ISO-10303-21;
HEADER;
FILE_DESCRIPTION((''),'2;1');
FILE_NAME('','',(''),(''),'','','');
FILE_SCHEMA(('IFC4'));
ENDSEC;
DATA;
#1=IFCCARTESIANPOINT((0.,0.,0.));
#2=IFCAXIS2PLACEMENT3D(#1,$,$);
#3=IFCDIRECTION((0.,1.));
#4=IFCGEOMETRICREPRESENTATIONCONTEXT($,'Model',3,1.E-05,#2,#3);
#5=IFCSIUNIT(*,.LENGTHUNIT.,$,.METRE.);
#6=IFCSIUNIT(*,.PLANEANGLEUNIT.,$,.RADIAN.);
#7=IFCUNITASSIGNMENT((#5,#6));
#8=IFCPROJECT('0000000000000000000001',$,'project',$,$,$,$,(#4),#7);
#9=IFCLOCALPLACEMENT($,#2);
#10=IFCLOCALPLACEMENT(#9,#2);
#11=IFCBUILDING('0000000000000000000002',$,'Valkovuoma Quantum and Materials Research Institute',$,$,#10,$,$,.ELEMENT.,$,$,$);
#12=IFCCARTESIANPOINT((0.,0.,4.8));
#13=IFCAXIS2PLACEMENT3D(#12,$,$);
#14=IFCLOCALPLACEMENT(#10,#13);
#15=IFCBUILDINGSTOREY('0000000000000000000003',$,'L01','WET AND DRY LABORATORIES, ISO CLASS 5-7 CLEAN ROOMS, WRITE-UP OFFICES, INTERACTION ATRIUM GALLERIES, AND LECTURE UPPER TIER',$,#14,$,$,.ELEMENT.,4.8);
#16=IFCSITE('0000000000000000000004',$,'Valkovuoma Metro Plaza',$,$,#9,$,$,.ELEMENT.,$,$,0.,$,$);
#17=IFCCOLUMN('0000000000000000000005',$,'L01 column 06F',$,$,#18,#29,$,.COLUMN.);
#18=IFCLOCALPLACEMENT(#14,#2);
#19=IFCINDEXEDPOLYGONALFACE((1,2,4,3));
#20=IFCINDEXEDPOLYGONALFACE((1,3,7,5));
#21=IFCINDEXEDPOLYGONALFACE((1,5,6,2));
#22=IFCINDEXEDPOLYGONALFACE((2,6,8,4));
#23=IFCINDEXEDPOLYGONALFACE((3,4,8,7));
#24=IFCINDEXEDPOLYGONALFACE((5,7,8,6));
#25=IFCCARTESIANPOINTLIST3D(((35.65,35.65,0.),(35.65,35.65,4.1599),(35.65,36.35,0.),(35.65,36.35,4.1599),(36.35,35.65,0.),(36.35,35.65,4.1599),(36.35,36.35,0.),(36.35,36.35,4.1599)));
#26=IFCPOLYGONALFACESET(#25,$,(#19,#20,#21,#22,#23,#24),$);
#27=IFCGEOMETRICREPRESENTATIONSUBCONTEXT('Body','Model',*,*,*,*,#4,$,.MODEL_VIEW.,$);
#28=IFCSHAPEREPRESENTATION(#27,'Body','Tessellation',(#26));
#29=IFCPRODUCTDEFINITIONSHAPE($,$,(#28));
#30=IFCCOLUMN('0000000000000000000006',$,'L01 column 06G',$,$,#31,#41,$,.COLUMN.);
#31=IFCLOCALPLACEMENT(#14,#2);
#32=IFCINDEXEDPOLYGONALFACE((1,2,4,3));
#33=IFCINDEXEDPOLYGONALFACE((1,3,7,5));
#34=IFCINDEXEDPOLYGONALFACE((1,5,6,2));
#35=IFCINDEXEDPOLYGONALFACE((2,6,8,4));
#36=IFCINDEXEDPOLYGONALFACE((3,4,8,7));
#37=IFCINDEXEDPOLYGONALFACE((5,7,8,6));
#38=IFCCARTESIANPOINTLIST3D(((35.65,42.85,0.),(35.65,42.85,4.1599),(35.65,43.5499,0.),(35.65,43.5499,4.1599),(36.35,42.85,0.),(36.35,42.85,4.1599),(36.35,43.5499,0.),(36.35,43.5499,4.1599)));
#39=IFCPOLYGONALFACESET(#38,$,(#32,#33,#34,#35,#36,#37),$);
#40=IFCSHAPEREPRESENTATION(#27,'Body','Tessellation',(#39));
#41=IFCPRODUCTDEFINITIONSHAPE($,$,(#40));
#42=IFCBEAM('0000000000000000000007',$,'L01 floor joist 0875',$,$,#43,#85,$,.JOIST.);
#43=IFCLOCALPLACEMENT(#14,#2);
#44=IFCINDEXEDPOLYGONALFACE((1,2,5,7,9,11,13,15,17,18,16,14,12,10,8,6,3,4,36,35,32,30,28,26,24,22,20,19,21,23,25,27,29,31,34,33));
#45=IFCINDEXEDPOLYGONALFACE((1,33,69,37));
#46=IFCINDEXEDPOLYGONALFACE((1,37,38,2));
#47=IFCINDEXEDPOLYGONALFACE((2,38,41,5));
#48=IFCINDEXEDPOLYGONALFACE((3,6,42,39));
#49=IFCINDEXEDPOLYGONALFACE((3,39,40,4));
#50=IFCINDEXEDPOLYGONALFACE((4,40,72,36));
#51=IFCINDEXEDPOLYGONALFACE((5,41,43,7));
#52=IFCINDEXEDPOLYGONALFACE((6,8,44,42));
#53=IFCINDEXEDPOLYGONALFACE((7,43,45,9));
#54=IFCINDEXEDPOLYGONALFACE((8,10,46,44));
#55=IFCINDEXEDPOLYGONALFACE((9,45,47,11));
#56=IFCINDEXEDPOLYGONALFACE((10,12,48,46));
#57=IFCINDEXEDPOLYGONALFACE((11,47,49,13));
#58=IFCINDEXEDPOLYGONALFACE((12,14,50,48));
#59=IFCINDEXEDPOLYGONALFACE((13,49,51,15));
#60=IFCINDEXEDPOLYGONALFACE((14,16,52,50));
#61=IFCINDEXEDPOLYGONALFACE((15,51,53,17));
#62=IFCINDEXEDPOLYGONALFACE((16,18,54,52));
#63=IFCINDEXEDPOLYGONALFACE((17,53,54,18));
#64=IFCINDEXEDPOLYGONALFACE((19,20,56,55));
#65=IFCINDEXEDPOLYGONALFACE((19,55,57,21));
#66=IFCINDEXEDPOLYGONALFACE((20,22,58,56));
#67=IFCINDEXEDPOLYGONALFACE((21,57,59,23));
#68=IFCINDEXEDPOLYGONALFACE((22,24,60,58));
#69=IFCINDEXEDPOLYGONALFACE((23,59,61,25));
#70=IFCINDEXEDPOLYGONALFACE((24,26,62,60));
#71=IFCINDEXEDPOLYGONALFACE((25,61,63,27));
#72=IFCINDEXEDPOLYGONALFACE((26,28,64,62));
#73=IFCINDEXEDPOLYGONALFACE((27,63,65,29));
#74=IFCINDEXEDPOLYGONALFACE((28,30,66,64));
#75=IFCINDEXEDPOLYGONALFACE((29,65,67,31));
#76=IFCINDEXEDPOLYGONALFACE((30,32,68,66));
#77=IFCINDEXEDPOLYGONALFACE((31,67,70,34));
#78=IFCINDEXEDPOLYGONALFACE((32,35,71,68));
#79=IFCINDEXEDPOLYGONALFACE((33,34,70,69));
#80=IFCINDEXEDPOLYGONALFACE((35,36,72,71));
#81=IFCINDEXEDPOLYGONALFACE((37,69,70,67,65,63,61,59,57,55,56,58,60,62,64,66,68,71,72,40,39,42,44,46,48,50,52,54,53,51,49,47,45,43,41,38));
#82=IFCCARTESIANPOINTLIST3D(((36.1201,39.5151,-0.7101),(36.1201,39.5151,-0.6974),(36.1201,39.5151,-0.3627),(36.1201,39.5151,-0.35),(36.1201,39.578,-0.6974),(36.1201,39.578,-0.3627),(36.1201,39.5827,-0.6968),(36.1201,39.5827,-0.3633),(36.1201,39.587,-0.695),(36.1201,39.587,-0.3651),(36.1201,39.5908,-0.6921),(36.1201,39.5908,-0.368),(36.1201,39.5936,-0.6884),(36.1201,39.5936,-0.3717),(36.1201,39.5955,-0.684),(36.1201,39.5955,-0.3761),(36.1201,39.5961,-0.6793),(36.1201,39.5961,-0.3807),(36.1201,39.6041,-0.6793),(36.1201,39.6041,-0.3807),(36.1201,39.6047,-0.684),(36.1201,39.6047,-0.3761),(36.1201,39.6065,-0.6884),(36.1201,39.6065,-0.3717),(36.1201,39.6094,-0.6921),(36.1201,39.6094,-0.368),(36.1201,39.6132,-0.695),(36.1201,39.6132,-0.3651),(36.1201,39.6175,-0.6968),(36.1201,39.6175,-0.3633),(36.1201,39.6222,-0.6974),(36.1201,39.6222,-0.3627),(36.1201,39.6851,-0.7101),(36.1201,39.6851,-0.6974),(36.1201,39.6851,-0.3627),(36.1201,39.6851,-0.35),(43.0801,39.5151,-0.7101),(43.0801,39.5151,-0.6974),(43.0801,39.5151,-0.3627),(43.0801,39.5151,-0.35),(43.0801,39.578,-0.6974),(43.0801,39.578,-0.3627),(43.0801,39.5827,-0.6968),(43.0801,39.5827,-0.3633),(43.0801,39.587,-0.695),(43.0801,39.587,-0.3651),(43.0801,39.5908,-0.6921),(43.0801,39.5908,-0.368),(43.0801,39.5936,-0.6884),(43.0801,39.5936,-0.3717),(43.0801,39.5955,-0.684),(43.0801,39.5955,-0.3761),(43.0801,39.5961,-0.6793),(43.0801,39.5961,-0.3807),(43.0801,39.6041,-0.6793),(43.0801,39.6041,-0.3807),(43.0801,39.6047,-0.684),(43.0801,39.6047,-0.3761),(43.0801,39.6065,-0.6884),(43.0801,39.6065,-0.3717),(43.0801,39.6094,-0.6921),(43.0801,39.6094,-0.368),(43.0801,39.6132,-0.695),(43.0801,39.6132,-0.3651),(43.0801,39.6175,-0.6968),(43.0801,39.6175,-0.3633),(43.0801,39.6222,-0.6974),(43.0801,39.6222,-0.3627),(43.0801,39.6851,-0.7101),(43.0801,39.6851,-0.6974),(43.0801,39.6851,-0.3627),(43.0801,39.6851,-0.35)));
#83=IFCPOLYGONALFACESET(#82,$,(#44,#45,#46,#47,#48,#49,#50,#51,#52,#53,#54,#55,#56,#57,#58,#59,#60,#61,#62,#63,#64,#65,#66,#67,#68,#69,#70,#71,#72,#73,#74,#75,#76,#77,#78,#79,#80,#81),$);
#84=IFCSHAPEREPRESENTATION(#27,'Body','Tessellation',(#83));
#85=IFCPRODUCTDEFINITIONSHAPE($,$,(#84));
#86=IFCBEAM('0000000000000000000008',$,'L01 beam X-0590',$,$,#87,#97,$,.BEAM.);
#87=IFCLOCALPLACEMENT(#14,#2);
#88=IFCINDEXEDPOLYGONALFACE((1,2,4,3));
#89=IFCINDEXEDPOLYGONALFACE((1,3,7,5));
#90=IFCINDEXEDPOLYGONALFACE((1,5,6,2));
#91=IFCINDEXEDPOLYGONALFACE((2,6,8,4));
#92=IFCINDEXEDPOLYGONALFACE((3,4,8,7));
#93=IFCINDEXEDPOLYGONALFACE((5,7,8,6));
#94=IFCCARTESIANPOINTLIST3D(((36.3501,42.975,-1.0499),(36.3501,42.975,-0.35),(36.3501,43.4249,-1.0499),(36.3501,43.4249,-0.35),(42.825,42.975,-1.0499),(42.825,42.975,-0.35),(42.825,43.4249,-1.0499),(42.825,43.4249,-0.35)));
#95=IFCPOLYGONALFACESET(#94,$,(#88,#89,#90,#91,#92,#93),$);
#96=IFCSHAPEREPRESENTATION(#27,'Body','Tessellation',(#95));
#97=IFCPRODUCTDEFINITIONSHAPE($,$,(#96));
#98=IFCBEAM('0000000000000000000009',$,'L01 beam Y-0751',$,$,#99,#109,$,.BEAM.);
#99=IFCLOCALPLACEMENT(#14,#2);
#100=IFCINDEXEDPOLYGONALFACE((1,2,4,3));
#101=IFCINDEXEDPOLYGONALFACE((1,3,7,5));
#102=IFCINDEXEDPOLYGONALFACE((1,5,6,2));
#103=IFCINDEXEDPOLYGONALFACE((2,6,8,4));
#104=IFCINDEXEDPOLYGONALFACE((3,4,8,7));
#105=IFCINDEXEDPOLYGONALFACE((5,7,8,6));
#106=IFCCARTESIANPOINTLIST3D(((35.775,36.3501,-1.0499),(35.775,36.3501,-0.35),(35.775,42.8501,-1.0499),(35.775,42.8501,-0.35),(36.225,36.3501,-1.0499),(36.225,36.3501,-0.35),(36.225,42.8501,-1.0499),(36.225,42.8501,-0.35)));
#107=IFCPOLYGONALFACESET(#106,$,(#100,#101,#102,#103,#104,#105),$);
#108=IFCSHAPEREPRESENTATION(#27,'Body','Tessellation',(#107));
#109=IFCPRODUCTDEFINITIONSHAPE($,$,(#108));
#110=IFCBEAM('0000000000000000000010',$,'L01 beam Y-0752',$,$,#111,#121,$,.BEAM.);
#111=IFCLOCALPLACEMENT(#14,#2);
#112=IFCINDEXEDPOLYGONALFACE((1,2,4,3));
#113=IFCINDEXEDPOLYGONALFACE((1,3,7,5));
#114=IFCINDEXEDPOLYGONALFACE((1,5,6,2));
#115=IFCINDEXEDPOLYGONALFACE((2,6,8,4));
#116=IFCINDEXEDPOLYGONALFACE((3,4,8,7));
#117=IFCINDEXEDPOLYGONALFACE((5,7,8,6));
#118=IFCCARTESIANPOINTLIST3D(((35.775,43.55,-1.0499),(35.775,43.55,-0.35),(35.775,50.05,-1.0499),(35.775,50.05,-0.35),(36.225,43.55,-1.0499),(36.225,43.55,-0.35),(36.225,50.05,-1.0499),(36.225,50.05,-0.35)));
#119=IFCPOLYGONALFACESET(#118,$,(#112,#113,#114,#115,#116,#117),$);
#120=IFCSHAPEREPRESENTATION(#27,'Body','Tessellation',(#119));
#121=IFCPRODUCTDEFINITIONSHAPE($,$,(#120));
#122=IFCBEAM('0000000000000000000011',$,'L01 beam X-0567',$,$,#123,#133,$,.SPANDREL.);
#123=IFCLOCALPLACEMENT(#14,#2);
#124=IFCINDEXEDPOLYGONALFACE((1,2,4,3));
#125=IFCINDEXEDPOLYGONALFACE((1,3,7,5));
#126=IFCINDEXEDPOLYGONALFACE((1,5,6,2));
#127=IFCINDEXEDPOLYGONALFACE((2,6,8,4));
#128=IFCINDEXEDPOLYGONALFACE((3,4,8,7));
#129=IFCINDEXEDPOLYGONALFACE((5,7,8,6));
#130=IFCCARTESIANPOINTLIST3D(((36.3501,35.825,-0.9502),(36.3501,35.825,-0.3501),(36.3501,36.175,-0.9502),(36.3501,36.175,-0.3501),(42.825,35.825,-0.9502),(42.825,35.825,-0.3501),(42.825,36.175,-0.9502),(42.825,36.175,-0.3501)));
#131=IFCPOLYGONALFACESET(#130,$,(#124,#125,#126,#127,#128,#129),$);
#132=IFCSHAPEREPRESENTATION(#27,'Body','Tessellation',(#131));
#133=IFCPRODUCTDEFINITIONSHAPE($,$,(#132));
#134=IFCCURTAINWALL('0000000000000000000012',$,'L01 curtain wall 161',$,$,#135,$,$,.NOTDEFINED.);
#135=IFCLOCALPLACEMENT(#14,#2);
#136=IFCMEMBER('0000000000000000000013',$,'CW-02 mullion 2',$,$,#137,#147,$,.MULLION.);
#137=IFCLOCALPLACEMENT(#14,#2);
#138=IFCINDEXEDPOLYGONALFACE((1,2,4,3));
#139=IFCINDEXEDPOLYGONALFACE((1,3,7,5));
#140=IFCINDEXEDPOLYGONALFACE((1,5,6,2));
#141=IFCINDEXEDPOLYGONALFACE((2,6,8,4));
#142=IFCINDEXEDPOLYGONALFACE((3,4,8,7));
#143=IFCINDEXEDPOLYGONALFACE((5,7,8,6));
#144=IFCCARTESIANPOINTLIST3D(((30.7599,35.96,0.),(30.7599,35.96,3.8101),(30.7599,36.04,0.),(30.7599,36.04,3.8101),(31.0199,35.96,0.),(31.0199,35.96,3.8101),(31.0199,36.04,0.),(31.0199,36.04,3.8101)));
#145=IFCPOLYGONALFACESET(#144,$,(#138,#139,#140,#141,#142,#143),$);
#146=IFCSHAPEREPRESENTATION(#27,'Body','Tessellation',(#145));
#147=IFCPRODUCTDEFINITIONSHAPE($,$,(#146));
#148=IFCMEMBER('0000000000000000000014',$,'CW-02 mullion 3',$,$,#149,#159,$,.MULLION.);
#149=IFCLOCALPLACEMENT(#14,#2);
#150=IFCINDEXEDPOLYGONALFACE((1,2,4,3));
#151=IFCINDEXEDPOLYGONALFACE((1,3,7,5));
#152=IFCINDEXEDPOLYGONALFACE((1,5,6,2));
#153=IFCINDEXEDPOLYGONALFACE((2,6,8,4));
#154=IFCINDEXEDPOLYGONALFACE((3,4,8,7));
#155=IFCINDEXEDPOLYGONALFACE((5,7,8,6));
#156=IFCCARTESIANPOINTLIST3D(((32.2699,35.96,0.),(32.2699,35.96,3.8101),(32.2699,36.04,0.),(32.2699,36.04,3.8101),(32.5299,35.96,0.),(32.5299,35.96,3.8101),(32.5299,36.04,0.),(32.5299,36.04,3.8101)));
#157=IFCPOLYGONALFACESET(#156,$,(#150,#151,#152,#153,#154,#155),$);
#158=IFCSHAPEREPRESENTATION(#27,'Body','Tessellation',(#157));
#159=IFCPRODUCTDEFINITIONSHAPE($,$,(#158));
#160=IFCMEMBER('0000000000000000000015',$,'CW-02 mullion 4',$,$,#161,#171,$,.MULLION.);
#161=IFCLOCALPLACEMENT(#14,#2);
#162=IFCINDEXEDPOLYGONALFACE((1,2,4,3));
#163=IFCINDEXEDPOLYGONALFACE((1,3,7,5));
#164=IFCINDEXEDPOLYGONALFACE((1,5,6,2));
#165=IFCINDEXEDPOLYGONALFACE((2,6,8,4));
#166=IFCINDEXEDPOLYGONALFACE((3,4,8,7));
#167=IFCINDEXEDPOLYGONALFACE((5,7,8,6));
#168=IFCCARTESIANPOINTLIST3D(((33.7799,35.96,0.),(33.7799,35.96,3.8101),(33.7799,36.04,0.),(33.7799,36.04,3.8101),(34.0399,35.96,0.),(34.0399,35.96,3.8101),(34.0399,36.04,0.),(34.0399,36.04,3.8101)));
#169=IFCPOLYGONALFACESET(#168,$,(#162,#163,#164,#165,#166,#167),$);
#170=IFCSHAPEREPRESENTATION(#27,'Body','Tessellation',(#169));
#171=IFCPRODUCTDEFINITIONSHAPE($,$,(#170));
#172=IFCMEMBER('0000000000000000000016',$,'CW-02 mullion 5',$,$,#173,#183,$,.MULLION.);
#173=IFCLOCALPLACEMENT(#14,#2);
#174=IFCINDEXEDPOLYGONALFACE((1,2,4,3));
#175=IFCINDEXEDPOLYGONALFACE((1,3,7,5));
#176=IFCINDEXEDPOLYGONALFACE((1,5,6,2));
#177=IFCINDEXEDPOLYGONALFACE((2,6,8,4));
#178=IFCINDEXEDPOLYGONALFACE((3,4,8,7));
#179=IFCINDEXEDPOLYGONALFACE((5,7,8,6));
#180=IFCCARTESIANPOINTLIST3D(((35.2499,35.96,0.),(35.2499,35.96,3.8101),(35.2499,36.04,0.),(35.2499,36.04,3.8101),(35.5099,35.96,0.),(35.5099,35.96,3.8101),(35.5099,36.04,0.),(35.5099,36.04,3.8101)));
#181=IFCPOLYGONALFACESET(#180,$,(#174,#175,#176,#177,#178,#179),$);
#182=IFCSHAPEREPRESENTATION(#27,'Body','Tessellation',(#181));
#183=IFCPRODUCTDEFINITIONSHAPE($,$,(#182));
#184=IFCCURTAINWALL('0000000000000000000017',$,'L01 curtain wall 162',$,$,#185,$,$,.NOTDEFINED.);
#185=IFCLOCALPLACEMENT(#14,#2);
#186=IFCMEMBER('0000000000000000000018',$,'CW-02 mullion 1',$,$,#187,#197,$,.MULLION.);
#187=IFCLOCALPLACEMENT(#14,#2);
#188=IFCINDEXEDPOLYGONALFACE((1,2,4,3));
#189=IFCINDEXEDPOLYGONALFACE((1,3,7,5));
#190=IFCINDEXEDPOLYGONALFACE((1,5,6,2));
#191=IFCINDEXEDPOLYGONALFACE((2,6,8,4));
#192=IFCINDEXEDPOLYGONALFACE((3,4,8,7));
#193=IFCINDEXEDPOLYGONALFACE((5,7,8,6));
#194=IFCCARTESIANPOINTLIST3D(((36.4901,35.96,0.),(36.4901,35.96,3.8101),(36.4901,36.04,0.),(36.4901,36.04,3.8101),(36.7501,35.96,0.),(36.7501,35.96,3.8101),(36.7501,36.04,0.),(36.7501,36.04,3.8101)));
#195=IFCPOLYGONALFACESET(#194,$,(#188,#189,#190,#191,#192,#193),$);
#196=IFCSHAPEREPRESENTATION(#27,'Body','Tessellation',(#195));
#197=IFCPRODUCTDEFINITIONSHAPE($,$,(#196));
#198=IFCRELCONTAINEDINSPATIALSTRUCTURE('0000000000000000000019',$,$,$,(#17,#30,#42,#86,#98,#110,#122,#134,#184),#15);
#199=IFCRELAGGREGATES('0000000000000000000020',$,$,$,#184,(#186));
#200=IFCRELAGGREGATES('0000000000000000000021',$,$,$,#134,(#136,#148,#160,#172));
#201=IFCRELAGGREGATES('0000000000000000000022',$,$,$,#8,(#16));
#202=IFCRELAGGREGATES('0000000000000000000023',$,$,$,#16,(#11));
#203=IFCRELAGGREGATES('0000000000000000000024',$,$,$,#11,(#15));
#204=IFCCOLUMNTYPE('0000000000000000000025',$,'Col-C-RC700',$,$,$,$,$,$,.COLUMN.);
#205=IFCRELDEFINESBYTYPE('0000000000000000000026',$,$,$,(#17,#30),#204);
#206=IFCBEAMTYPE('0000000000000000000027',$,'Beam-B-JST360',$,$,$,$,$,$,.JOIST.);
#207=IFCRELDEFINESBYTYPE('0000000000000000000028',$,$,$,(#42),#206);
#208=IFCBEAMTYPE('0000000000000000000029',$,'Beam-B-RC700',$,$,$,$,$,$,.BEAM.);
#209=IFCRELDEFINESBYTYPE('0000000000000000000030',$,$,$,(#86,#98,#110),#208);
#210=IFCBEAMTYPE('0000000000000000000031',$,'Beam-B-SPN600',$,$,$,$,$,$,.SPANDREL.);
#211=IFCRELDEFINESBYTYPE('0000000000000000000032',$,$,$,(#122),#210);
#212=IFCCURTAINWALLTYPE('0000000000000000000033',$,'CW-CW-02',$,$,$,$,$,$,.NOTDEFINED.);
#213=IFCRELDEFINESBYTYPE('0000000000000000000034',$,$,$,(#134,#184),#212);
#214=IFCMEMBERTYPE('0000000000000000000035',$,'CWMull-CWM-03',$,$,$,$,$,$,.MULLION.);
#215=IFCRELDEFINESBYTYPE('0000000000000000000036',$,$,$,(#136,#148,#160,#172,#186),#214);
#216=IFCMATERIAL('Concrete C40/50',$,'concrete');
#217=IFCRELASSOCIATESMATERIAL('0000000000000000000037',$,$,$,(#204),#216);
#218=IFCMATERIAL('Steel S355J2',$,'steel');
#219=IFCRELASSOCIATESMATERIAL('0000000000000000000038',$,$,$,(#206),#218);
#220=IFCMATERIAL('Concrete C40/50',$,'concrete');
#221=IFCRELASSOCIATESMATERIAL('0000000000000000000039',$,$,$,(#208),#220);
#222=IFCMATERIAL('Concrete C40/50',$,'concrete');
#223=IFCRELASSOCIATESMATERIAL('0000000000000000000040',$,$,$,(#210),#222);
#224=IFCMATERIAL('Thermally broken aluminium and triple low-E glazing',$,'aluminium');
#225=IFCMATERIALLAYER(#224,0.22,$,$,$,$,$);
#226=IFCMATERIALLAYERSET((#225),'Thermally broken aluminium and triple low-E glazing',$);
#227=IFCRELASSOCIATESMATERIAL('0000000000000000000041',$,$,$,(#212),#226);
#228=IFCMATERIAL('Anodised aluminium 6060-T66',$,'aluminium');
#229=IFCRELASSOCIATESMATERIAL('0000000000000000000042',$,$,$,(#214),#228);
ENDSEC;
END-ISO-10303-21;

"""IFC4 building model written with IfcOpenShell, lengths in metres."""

from ifc_helpers import new_model, si_unit, direction, frame, origin, origin_2d, place, context, subcontext, project, spatial, rectangle, i_section, extrude, material, layer, layer_set, material_profile, profile_set, type_object, element, aggregate, save


model = new_model("IFC4")

# Units and contexts
model_context = context("Model", 3, precision=1e-05, world=origin(), true_north=direction((0.0, 1.0)))
body_context = subcontext(model_context, "Body", "Model", "MODEL_VIEW")
ifc_project = project(units=[si_unit("LENGTHUNIT", "METRE"), si_unit("PLANEANGLEUNIT", "RADIAN")], contexts=[model_context])

# Site, building, storey
site_placement = place(None, origin())
site = spatial("IfcSite", under=ifc_project, at=site_placement, Name="Valkovuoma Metro Plaza", CompositionType="ELEMENT", RefElevation=0.0)
building_placement = place(site_placement, origin())
building = spatial("IfcBuilding", under=site, at=building_placement, Name="Valkovuoma Quantum and Materials Research Institute", CompositionType="ELEMENT")
storey_placement = place(building_placement, frame((0.0, 0.0, 4.8)))
storey = spatial("IfcBuildingStorey", under=building, at=storey_placement, Name="L01", Description="WET AND DRY LABORATORIES, ISO CLASS 5-7 CLEAN ROOMS, WRITE-UP OFFICES, INTERACTION ATRIUM GALLERIES, AND LECTURE UPPER TIER", CompositionType="ELEMENT", Elevation=4.8)

# Columns
ifc_material_1 = material(Name="Concrete C40/50", Category="concrete")
ifc_material_profile_1 = material_profile(ifc_material_1, rectangle(XDim=0.7, YDim=0.7, at=origin_2d()), Name="Concrete C40/50")
ifc_profile_set_1 = profile_set([ifc_material_profile_1], Name="Concrete C40/50")
column_type = type_object("IfcColumnType", Name="Col-C-RC700", PredefinedType="COLUMN", material=ifc_profile_set_1)
for number, where, z_axis, x_axis, name in (
    (1, (36.0, 36.0, 0.0), (0.0, 0.0, 1.0), (1.0, 0.0, 0.0), "L01 column 06F"),
    (2, (36.0, 43.2, 0.0), (0.0, 0.0, 1.0), (1.0, 0.0, 0.0), "L01 column 06G"),
):
    element("IfcColumn", number, at=place(storey_placement, frame(where, z_axis=z_axis, x_axis=x_axis)), inside=storey, type_object=column_type, Name=name, PredefinedType="COLUMN", context=body_context, shape_type="SweptSolid", body=[
        extrude(rectangle(XDim=0.7, YDim=0.7, at=origin_2d()), origin(), (0.0, 0.0, 1.0), 4.1599),
    ])

# Beams
ifc_material_2 = material(Name="Steel S355J2", Category="steel")
ifc_material_profile_2 = material_profile(ifc_material_2, i_section(OverallWidth=0.1699, OverallDepth=0.3601, WebThickness=0.0081, FlangeThickness=0.0127, FilletRadius=0.0181, at=origin_2d()), Name="Steel S355J2")
ifc_profile_set_2 = profile_set([ifc_material_profile_2], Name="Steel S355J2")
beam_type_1 = type_object("IfcBeamType", Name="Beam-B-JST360", PredefinedType="JOIST", material=ifc_profile_set_2)
beam_1_placement = place(storey_placement, frame((36.1201, 39.6001, -0.53), z_axis=(1.0, 0.0, 0.0), x_axis=(0.0, 1.0, 0.0)))
element("IfcBeam", 3, at=beam_1_placement, inside=storey, type_object=beam_type_1, Name="L01 floor joist 0875", PredefinedType="JOIST", context=body_context, shape_type="SweptSolid", body=[
    extrude(i_section(OverallWidth=0.1699, OverallDepth=0.3601, WebThickness=0.0081, FlangeThickness=0.0127, FilletRadius=0.0181, at=origin_2d()), origin(), (0.0, 0.0, 1.0), 6.96),
])
ifc_material_3 = material(Name="Concrete C40/50", Category="concrete")
ifc_material_profile_3 = material_profile(ifc_material_3, rectangle(XDim=0.45, YDim=0.7, at=origin_2d()), Name="Concrete C40/50")
ifc_profile_set_3 = profile_set([ifc_material_profile_3], Name="Concrete C40/50")
beam_type_2 = type_object("IfcBeamType", Name="Beam-B-RC700", PredefinedType="BEAM", material=ifc_profile_set_3)
beam_2_placement = place(storey_placement, frame((36.3501, 43.2, -0.7), z_axis=(1.0, 0.0, 0.0), x_axis=(0.0, 1.0, 0.0)))
element("IfcBeam", 4, at=beam_2_placement, inside=storey, type_object=beam_type_2, Name="L01 beam X-0590", PredefinedType="BEAM", context=body_context, shape_type="SweptSolid", body=[
    extrude(rectangle(XDim=0.45, YDim=0.7, at=origin_2d()), origin(), (0.0, 0.0, 1.0), 6.4749),
])
for number, where, z_axis, x_axis, name in (
    (5, (36.0, 36.3501, -0.7), (0.0, 1.0, 0.0), (-1.0, 0.0, 0.0), "L01 beam Y-0751"),
    (6, (36.0, 43.55, -0.7), (0.0, 1.0, 0.0), (-1.0, 0.0, 0.0), "L01 beam Y-0752"),
):
    element("IfcBeam", number, at=place(storey_placement, frame(where, z_axis=z_axis, x_axis=x_axis)), inside=storey, type_object=beam_type_2, Name=name, PredefinedType="BEAM", context=body_context, shape_type="SweptSolid", body=[
        extrude(rectangle(XDim=0.45, YDim=0.7, at=origin_2d()), origin(), (0.0, 0.0, 1.0), 6.5),
    ])
ifc_material_4 = material(Name="Concrete C40/50", Category="concrete")
ifc_material_profile_4 = material_profile(ifc_material_4, rectangle(XDim=0.3501, YDim=0.6001, at=origin_2d()), Name="Concrete C40/50")
ifc_profile_set_4 = profile_set([ifc_material_profile_4], Name="Concrete C40/50")
beam_type_3 = type_object("IfcBeamType", Name="Beam-B-SPN600", PredefinedType="SPANDREL", material=ifc_profile_set_4)
beam_3_placement = place(storey_placement, frame((36.3501, 36.0, -0.6501), z_axis=(1.0, 0.0, 0.0), x_axis=(0.0, 1.0, 0.0)))
element("IfcBeam", 7, at=beam_3_placement, inside=storey, type_object=beam_type_3, Name="L01 beam X-0567", PredefinedType="SPANDREL", context=body_context, shape_type="SweptSolid", body=[
    extrude(rectangle(XDim=0.3501, YDim=0.6001, at=origin_2d()), origin(), (0.0, 0.0, 1.0), 6.4749),
])

# Curtain wall, members
ifc_material_5 = material(Name="Thermally broken aluminium and triple low-E glazing", Category="aluminium")
ifc_layer_1 = layer(ifc_material_5, 0.22)
ifc_layer_set_1 = layer_set([ifc_layer_1], Name="Thermally broken aluminium and triple low-E glazing")
curtain_wall_type = type_object("IfcCurtainWallType", Name="CW-CW-02", PredefinedType="NOTDEFINED", material=ifc_layer_set_1)
curtain_wall_1_placement = place(storey_placement, origin())
curtain_wall_1 = element("IfcCurtainWall", 8, at=curtain_wall_1_placement, inside=storey, type_object=curtain_wall_type, Name="L01 curtain wall 161", PredefinedType="NOTDEFINED")
ifc_material_6 = material(Name="Anodised aluminium 6060-T66", Category="aluminium")
ifc_material_profile_5 = material_profile(ifc_material_6, rectangle(XDim=0.0801, YDim=0.26, at=origin_2d()), Name="Anodised aluminium 6060-T66")
ifc_profile_set_5 = profile_set([ifc_material_profile_5], Name="Anodised aluminium 6060-T66")
member_type_1 = type_object("IfcMemberType", Name="CWMull-CWM-03", PredefinedType="MULLION", material=ifc_profile_set_5)
member_1_placement = place(storey_placement, frame((30.8899, 36.0, 0.0), z_axis=(0.0, 0.0, 1.0), x_axis=(0.0, 1.0, 0.0)))
member_1 = element("IfcMember", 9, at=member_1_placement, type_object=member_type_1, Name="CW-02 mullion 2", PredefinedType="MULLION", context=body_context, shape_type="SweptSolid", body=[
    extrude(rectangle(XDim=0.0801, YDim=0.26, at=origin_2d()), origin(), (0.0, 0.0, 1.0), 3.8101),
])
member_2_placement = place(storey_placement, frame((32.3999, 36.0, 0.0), z_axis=(0.0, 0.0, 1.0), x_axis=(0.0, 1.0, 0.0)))
member_2 = element("IfcMember", 10, at=member_2_placement, type_object=member_type_1, Name="CW-02 mullion 3", PredefinedType="MULLION", context=body_context, shape_type="SweptSolid", body=[
    extrude(rectangle(XDim=0.0801, YDim=0.26, at=origin_2d()), origin(), (0.0, 0.0, 1.0), 3.8101),
])
member_3_placement = place(storey_placement, frame((33.9099, 36.0, 0.0), z_axis=(0.0, 0.0, 1.0), x_axis=(0.0, 1.0, 0.0)))
member_3 = element("IfcMember", 11, at=member_3_placement, type_object=member_type_1, Name="CW-02 mullion 4", PredefinedType="MULLION", context=body_context, shape_type="SweptSolid", body=[
    extrude(rectangle(XDim=0.0801, YDim=0.26, at=origin_2d()), origin(), (0.0, 0.0, 1.0), 3.8101),
])
member_4_placement = place(storey_placement, frame((35.3799, 36.0, 0.0), z_axis=(0.0, 0.0, 1.0), x_axis=(0.0, 1.0, 0.0)))
member_4 = element("IfcMember", 12, at=member_4_placement, type_object=member_type_1, Name="CW-02 mullion 5", PredefinedType="MULLION", context=body_context, shape_type="SweptSolid", body=[
    extrude(rectangle(XDim=0.0801, YDim=0.26, at=origin_2d()), origin(), (0.0, 0.0, 1.0), 3.8101),
])

# Curtain wall, member
curtain_wall_2_placement = place(storey_placement, origin())
curtain_wall_2 = element("IfcCurtainWall", 13, at=curtain_wall_2_placement, inside=storey, type_object=curtain_wall_type, Name="L01 curtain wall 162", PredefinedType="NOTDEFINED")
member_5_placement = place(storey_placement, frame((36.6201, 36.0, 0.0), z_axis=(0.0, 0.0, 1.0), x_axis=(0.0, 1.0, 0.0)))
member_5 = element("IfcMember", 14, at=member_5_placement, type_object=member_type_1, Name="CW-02 mullion 1", PredefinedType="MULLION", context=body_context, shape_type="SweptSolid", body=[
    extrude(rectangle(XDim=0.0801, YDim=0.26, at=origin_2d()), origin(), (0.0, 0.0, 1.0), 3.8101),
])
aggregate(curtain_wall_2, [member_5])

aggregate(curtain_wall_1, [member_1, member_2, member_3, member_4])

save(model, "model.ifc")
